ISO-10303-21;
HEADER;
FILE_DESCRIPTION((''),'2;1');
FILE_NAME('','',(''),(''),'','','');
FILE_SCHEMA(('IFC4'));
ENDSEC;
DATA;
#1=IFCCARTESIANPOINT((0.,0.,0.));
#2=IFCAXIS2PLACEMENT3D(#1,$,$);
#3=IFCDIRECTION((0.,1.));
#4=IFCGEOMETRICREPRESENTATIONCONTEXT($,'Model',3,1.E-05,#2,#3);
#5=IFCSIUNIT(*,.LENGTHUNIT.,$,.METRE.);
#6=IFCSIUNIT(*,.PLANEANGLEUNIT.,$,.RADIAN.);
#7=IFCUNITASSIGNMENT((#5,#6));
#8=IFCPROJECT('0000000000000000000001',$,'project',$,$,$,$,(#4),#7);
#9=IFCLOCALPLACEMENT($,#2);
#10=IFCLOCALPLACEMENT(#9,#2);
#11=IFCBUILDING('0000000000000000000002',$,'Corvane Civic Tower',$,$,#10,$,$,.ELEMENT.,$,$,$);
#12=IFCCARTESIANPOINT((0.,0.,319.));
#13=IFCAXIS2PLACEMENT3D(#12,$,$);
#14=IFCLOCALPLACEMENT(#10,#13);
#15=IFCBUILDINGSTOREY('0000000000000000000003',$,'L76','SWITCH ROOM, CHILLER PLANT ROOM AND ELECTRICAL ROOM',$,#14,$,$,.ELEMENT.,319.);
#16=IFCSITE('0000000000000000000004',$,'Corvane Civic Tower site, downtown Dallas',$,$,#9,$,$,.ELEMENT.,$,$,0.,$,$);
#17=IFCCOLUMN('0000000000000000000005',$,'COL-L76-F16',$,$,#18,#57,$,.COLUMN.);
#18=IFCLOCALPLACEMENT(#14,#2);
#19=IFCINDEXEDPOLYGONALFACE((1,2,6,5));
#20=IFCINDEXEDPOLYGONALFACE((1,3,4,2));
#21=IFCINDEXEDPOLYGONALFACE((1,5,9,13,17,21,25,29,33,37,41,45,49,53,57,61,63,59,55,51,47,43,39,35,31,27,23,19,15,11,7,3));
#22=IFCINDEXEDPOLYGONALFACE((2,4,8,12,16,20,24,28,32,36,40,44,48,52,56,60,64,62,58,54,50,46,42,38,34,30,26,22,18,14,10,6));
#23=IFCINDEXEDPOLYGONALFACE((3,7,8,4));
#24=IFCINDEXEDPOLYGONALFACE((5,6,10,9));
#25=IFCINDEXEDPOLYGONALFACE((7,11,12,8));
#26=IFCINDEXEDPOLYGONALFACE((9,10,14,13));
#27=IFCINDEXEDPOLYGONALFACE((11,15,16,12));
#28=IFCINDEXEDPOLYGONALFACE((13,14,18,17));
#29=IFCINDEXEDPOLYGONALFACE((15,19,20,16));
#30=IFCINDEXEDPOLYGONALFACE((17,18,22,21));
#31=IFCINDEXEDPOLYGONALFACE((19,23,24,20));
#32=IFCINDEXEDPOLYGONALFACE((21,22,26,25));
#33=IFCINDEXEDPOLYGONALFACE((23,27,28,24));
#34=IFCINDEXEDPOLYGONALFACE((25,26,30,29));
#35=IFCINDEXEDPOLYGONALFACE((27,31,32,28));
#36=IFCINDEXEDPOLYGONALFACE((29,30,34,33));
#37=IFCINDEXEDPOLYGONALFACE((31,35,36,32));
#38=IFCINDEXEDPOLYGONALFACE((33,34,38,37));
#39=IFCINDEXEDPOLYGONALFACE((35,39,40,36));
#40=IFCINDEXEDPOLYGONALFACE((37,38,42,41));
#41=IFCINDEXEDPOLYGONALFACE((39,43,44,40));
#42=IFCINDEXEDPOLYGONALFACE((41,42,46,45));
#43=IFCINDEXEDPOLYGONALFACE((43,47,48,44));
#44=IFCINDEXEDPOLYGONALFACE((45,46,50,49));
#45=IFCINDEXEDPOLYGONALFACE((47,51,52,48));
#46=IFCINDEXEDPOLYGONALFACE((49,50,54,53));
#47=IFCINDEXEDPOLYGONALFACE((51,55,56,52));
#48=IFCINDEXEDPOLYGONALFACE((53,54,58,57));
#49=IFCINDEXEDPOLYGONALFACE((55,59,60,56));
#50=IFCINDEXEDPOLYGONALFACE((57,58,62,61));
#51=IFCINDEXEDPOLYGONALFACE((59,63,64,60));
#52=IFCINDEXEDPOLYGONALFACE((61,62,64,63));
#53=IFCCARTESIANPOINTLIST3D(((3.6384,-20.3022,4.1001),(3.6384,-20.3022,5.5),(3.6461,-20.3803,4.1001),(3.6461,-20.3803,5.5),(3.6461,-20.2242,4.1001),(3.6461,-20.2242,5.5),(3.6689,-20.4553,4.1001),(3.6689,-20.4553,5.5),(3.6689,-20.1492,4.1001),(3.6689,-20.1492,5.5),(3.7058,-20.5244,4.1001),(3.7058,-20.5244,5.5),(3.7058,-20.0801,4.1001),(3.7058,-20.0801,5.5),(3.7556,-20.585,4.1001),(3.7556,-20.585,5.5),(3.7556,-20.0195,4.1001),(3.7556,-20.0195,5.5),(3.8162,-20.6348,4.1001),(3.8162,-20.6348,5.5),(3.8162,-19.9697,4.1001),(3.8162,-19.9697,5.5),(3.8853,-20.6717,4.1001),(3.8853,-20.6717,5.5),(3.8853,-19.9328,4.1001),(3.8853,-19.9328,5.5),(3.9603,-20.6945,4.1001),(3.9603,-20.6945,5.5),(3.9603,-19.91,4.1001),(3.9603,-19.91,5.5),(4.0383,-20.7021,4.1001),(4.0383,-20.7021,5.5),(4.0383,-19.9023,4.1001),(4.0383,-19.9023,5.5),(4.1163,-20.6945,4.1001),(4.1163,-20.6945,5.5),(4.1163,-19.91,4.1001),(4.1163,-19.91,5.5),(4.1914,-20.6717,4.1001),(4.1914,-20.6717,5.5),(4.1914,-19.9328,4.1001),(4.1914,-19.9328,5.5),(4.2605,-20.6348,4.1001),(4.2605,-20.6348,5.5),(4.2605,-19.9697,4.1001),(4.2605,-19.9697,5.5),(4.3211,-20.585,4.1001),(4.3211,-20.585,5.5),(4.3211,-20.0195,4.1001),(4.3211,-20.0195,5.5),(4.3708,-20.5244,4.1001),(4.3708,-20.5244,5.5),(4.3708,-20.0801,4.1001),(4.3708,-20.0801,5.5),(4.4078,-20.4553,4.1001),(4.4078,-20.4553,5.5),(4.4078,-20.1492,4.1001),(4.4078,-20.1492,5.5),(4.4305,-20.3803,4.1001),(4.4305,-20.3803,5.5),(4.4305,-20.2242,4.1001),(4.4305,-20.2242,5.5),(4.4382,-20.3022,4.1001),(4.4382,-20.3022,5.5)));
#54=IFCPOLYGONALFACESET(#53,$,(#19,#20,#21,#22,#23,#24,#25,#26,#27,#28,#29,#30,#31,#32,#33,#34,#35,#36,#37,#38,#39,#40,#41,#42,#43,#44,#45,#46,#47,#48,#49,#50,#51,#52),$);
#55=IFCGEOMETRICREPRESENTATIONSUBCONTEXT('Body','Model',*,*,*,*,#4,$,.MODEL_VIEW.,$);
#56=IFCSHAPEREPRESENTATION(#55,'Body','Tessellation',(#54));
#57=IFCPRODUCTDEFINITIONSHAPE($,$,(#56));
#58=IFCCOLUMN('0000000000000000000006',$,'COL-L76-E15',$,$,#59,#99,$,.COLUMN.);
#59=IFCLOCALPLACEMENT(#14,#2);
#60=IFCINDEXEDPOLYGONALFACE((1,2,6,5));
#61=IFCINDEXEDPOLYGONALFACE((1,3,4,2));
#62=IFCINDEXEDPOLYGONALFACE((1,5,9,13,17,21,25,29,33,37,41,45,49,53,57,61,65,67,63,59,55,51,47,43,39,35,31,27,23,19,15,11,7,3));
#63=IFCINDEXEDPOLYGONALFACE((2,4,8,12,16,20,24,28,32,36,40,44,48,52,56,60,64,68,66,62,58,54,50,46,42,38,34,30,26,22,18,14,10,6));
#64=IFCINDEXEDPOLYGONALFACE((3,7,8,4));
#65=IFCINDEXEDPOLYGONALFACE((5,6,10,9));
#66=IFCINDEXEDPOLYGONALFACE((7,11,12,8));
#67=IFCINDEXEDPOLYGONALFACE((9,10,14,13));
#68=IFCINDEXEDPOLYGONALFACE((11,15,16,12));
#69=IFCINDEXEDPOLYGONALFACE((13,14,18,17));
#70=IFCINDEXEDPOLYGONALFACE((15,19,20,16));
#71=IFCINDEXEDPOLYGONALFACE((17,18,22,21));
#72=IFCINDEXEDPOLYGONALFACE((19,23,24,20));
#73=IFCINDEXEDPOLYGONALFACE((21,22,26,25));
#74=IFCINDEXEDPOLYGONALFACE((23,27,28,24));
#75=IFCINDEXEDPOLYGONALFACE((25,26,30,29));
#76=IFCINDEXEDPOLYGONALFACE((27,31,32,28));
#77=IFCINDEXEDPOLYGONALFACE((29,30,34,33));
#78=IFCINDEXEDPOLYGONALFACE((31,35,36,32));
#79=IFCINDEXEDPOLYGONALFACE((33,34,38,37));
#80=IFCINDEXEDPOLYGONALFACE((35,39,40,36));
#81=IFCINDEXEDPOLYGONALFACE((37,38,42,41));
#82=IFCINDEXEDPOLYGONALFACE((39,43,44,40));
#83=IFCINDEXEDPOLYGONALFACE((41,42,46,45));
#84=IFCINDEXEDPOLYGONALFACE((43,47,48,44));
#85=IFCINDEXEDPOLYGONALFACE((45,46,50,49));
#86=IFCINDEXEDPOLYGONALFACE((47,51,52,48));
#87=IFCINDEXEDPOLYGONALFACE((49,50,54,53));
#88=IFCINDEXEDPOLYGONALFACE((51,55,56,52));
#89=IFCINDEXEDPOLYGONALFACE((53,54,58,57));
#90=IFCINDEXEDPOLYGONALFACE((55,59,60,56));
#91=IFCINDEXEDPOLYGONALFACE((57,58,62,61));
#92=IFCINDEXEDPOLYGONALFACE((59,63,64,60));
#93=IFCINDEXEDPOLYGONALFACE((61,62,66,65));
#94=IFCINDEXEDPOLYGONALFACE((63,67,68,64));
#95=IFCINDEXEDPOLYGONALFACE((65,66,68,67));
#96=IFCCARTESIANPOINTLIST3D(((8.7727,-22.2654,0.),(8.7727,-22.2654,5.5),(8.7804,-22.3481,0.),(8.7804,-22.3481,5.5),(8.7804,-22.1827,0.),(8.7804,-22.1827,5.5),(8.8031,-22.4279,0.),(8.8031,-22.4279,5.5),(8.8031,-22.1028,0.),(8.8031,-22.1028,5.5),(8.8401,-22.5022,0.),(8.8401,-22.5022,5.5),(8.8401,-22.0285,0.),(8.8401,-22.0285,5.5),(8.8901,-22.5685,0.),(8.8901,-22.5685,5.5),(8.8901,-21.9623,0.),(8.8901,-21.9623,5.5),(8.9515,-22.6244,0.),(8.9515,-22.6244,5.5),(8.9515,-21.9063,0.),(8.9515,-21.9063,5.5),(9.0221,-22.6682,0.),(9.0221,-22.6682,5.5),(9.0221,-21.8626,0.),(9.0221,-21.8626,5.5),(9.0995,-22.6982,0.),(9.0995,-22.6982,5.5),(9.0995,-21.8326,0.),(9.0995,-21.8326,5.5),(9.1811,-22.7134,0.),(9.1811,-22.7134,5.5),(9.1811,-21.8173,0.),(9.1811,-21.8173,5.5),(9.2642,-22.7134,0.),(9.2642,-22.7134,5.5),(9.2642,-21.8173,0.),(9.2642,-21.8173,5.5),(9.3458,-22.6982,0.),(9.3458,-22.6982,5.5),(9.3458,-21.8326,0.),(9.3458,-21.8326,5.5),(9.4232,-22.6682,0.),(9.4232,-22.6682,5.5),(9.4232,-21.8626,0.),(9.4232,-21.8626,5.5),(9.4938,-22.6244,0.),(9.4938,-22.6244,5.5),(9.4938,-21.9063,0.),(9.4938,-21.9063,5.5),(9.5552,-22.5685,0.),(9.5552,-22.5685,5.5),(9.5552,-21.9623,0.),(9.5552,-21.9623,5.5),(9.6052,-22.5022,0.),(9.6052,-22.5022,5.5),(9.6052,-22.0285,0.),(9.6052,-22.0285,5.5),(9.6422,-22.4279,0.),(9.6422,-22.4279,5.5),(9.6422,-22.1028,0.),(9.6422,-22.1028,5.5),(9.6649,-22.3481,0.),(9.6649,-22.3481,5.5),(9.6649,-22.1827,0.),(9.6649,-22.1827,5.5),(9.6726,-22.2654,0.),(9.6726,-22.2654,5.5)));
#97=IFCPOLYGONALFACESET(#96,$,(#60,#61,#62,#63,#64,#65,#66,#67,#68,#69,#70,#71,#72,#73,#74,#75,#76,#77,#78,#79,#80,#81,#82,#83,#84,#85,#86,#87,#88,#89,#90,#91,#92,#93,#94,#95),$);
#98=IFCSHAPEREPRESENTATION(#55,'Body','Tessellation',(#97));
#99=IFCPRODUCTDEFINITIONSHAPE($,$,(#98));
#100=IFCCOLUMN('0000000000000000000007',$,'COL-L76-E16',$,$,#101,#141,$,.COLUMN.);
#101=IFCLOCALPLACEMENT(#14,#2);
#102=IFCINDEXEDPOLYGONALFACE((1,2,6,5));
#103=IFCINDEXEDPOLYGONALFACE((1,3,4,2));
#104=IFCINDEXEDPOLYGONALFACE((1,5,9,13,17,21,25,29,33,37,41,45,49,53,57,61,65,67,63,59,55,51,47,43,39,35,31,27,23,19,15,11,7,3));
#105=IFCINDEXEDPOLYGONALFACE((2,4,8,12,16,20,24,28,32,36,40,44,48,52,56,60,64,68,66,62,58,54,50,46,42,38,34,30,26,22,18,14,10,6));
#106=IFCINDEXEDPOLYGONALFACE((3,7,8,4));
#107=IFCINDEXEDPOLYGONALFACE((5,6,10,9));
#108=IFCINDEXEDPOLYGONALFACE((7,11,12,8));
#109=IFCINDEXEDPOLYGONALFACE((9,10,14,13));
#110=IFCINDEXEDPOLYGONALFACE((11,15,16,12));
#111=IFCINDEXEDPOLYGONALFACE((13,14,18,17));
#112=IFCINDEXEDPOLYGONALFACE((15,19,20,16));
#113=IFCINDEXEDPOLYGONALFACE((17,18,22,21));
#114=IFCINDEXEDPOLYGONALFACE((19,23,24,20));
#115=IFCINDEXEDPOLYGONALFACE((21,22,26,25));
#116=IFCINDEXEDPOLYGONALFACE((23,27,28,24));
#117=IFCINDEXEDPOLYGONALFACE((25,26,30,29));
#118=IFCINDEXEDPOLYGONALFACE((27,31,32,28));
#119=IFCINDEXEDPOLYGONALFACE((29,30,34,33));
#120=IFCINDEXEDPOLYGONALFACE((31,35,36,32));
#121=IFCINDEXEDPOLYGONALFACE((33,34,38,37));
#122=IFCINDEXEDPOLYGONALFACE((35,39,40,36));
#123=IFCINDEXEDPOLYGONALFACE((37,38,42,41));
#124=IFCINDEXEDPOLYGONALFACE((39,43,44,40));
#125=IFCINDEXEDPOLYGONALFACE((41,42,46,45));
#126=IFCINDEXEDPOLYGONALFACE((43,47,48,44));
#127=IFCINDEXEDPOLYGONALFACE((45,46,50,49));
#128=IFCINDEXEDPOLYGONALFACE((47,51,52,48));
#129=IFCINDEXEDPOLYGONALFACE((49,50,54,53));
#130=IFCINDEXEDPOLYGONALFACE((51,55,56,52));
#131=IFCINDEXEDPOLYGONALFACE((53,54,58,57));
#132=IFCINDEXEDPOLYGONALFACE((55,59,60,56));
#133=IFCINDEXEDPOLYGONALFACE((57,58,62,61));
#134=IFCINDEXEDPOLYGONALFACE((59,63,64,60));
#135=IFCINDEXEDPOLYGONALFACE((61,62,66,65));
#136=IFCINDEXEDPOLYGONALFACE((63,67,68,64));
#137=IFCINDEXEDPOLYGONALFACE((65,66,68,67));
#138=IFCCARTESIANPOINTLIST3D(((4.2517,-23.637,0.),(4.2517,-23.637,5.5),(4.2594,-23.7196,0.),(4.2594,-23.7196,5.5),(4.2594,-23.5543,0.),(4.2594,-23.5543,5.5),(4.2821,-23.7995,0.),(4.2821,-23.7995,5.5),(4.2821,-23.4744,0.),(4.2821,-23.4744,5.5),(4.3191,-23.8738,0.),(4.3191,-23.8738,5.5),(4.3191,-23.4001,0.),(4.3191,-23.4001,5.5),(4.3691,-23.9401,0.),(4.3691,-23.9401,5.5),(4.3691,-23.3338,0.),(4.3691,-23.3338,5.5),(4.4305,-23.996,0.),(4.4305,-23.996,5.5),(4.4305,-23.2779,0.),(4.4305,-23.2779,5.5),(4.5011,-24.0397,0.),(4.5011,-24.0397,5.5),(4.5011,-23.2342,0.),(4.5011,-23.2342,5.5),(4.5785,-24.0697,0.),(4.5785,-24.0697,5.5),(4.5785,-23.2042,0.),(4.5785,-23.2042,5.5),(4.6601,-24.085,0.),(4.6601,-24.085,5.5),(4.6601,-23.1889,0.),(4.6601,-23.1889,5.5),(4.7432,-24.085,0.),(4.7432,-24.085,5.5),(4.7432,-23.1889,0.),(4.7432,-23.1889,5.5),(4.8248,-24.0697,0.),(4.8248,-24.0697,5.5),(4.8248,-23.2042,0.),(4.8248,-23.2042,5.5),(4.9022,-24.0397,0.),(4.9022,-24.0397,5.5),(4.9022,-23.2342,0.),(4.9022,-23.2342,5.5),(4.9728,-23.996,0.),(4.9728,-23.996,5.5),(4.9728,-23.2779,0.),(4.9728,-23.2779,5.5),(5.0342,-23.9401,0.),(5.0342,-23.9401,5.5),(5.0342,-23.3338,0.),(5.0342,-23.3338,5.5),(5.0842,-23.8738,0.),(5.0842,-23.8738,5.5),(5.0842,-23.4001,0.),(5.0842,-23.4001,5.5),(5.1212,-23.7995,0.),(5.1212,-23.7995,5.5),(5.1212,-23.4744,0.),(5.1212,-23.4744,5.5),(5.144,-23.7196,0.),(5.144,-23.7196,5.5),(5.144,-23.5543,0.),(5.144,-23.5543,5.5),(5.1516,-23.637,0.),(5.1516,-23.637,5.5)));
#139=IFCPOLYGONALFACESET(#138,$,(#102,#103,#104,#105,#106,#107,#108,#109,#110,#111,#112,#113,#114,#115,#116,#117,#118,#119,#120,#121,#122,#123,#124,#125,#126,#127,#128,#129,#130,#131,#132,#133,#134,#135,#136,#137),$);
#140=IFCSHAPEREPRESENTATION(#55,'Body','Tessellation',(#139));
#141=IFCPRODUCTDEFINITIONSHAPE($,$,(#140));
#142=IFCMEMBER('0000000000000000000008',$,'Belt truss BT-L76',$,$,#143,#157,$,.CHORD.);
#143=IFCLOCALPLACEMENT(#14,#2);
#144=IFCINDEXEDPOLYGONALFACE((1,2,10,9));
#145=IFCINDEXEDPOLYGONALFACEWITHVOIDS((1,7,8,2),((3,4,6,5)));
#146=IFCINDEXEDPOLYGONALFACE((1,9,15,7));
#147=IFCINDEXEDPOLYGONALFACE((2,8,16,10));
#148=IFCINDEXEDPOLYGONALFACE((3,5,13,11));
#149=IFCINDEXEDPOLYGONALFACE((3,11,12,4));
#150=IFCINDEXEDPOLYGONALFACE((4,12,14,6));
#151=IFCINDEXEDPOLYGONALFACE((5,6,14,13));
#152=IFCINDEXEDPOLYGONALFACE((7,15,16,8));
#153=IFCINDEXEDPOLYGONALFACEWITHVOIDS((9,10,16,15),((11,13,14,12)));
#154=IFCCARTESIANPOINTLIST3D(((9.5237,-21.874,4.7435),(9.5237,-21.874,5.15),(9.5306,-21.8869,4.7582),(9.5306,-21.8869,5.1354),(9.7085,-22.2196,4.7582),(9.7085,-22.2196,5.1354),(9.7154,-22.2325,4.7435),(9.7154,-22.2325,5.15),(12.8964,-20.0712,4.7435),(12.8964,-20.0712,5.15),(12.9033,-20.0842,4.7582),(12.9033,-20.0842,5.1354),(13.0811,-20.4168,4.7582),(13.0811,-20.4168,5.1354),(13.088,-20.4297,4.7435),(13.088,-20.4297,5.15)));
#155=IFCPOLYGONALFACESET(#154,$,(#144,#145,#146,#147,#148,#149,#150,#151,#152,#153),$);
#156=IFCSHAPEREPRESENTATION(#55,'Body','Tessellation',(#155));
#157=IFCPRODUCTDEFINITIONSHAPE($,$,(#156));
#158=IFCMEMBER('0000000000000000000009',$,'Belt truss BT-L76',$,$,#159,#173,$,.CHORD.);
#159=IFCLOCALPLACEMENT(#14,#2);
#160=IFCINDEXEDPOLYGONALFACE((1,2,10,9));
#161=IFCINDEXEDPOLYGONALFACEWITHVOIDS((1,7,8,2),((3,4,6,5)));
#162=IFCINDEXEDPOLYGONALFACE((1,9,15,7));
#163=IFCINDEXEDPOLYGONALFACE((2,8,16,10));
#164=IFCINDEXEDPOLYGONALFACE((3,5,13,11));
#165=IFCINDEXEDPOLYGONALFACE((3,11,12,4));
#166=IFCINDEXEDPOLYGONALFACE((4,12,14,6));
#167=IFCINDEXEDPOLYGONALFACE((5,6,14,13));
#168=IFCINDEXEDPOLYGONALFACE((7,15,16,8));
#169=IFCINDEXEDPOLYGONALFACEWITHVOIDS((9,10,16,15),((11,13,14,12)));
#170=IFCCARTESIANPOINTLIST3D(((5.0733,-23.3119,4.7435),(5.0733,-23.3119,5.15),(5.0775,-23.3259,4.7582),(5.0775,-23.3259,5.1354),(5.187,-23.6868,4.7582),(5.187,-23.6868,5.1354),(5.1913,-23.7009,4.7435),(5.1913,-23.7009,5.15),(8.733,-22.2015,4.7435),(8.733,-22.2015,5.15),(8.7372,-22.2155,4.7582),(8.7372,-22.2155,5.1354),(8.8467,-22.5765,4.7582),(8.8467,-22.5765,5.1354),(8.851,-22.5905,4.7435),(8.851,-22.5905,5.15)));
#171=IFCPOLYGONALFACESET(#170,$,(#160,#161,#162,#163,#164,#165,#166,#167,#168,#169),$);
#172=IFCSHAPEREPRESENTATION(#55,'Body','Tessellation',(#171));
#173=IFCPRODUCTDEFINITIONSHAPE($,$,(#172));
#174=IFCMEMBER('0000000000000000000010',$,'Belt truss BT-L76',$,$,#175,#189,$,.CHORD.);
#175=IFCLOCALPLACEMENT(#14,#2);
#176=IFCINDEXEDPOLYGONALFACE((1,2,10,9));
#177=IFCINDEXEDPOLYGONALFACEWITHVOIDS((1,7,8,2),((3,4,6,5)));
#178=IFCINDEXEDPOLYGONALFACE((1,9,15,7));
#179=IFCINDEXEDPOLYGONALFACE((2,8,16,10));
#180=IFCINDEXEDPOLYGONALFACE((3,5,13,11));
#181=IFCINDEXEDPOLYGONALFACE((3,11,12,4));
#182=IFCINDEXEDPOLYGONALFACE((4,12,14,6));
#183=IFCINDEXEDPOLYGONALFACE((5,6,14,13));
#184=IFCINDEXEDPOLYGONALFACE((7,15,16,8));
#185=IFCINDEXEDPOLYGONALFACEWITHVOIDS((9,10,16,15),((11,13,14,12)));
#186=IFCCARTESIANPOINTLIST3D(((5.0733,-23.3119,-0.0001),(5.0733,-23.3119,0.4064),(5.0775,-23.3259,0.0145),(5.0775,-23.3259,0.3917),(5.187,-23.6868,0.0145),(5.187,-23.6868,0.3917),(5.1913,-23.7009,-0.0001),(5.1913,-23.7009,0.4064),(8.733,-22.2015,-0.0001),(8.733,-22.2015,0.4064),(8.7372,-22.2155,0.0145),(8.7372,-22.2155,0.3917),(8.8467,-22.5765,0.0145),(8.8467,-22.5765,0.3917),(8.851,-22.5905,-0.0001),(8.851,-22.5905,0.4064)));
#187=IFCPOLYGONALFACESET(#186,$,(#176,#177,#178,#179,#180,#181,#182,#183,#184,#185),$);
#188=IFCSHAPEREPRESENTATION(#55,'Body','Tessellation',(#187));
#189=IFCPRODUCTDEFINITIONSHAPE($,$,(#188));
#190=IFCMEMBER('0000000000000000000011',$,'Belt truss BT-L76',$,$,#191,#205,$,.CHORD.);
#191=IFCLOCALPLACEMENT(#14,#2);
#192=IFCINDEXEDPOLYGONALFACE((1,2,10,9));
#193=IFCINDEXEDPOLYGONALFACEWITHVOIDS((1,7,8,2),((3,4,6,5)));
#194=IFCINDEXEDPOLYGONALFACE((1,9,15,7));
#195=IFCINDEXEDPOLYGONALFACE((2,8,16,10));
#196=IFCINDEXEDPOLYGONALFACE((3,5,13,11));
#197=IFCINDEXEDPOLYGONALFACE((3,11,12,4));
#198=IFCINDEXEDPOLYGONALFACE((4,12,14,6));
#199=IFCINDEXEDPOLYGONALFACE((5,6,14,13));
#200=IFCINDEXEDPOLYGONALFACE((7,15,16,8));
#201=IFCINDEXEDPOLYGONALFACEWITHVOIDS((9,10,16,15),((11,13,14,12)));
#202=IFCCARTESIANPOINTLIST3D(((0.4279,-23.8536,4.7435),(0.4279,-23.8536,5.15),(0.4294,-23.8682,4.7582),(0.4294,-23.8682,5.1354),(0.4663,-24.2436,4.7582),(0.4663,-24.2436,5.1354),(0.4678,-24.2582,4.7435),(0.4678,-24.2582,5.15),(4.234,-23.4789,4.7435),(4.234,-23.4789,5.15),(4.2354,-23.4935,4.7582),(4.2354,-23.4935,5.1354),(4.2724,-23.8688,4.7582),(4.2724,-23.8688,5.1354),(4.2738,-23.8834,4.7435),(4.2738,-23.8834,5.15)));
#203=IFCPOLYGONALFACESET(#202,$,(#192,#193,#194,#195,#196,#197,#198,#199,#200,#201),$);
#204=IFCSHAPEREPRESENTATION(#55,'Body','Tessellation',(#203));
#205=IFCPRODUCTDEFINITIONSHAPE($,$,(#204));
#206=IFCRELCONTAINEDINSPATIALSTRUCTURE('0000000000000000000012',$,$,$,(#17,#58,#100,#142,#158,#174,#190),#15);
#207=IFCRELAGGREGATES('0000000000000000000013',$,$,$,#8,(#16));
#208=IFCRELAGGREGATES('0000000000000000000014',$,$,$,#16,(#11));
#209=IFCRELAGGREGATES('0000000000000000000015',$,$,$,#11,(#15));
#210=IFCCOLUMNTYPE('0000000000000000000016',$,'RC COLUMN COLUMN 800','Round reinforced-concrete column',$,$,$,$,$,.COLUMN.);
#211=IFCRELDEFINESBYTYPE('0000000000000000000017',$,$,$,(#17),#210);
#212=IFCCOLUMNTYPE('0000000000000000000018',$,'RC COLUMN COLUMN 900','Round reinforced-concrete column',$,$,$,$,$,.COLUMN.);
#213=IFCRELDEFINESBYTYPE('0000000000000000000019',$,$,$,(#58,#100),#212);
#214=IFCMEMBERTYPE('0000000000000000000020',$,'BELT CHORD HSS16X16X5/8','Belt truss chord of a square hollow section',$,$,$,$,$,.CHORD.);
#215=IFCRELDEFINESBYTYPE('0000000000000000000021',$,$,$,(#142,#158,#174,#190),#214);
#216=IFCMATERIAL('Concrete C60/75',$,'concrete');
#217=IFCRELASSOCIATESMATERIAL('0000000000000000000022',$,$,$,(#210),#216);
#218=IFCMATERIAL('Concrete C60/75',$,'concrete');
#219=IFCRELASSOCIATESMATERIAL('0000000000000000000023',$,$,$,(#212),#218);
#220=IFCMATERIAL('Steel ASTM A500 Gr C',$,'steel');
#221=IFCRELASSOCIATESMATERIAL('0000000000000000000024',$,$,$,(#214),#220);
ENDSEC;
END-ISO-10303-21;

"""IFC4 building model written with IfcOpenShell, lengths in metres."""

from ifc_helpers import new_model, si_unit, direction, frame, origin, origin_2d, place, context, subcontext, project, spatial, hollow_rectangle, circle, extrude, material, material_profile, profile_set, type_object, element, save


model = new_model("IFC4")

# Units and contexts
model_context = context("Model", 3, precision=1e-05, world=origin(), true_north=direction((0.0, 1.0)))
body_context = subcontext(model_context, "Body", "Model", "MODEL_VIEW")
ifc_project = project(units=[si_unit("LENGTHUNIT", "METRE"), si_unit("PLANEANGLEUNIT", "RADIAN")], contexts=[model_context])

# Site, building, storey
site_placement = place(None, origin())
site = spatial("IfcSite", under=ifc_project, at=site_placement, Name="Corvane Civic Tower site, downtown Dallas", CompositionType="ELEMENT", RefElevation=0.0)
building_placement = place(site_placement, origin())
building = spatial("IfcBuilding", under=site, at=building_placement, Name="Corvane Civic Tower", CompositionType="ELEMENT")
storey_placement = place(building_placement, frame((0.0, 0.0, 319.0)))
storey = spatial("IfcBuildingStorey", under=building, at=storey_placement, Name="L76", Description="SWITCH ROOM, CHILLER PLANT ROOM AND ELECTRICAL ROOM", CompositionType="ELEMENT", Elevation=319.0)

# Columns
ifc_material_1 = material(Name="Concrete C60/75", Category="concrete")
ifc_material_profile_1 = material_profile(ifc_material_1, circle(Radius=0.3999, at=origin_2d()), Name="COLUMN 800")
ifc_profile_set_1 = profile_set([ifc_material_profile_1], Name="Concrete C60/75")
column_type_1 = type_object("IfcColumnType", Name="RC COLUMN COLUMN 800", Description="Round reinforced-concrete column", PredefinedType="COLUMN", material=ifc_profile_set_1)
column_placement = place(storey_placement, frame((4.0383, -20.3022, 4.1001), z_axis=(0.0, 0.0, 1.0), x_axis=(1.0, 0.0, 0.0)))
element("IfcColumn", 1, at=column_placement, inside=storey, type_object=column_type_1, Name="COL-L76-F16", PredefinedType="COLUMN", context=body_context, shape_type="SweptSolid", body=[
    extrude(circle(Radius=0.3999, at=origin_2d()), origin(), (0.0, 0.0, 1.0), 1.3999),
])
ifc_material_2 = material(Name="Concrete C60/75", Category="concrete")
ifc_material_profile_2 = material_profile(ifc_material_2, circle(Radius=0.45, at=origin_2d()), Name="COLUMN 900")
ifc_profile_set_2 = profile_set([ifc_material_profile_2], Name="Concrete C60/75")
column_type_2 = type_object("IfcColumnType", Name="RC COLUMN COLUMN 900", Description="Round reinforced-concrete column", PredefinedType="COLUMN", material=ifc_profile_set_2)
for number, where, z_axis, x_axis, name in (
    (2, (9.2227, -22.2654, 0.0), (0.0, 0.0, 1.0), (1.0, 0.0, 0.0), "COL-L76-E15"),
    (3, (4.7017, -23.637, 0.0), (0.0, 0.0, 1.0), (1.0, 0.0, 0.0), "COL-L76-E16"),
):
    element("IfcColumn", number, at=place(storey_placement, frame(where, z_axis=z_axis, x_axis=x_axis)), inside=storey, type_object=column_type_2, Name=name, PredefinedType="COLUMN", context=body_context, shape_type="SweptSolid", body=[
        extrude(circle(Radius=0.45, at=origin_2d()), origin(), (0.0, 0.0, 1.0), 5.5),
    ])

# Members
ifc_material_3 = material(Name="Steel ASTM A500 Gr C", Category="steel")
ifc_material_profile_3 = material_profile(ifc_material_3, hollow_rectangle(XDim=0.4065, YDim=0.4065, WallThickness=0.0146, at=origin_2d()), Name="HSS16X16X5/8")
ifc_profile_set_3 = profile_set([ifc_material_profile_3], Name="Steel ASTM A500 Gr C")
member_type_1 = type_object("IfcMemberType", Name="BELT CHORD HSS16X16X5/8", Description="Belt truss chord of a square hollow section", PredefinedType="CHORD", material=ifc_profile_set_3)
member_1_placement = place(storey_placement, frame((12.9922, -20.2505, 4.9468), z_axis=(-0.881914, -0.47141, 0.0), x_axis=(0.47141, -0.881914, 0.0)))
element("IfcMember", 4, at=member_1_placement, inside=storey, type_object=member_type_1, Name="Belt truss BT-L76", PredefinedType="CHORD", context=body_context, shape_type="SweptSolid", body=[
    extrude(hollow_rectangle(XDim=0.4065, YDim=0.4065, WallThickness=0.0146, at=origin_2d()), origin(), (0.0, 0.0, 1.0), 3.8242),
])
for number, where, z_axis, x_axis, name in (
    (5, (8.792, -22.396, 4.9468), (-0.956926, -0.290333, 0.0), (0.290333, -0.956926, 0.0), "Belt truss BT-L76"),
    (6, (8.792, -22.396, 0.2031), (-0.956926, -0.290333, 0.0), (0.290333, -0.956926, 0.0), "Belt truss BT-L76"),
    (7, (4.2539, -23.6812, 4.9468), (-0.995188, -0.097987, 0.0), (0.097987, -0.995188, 0.0), "Belt truss BT-L76"),
):
    element("IfcMember", number, at=place(storey_placement, frame(where, z_axis=z_axis, x_axis=x_axis)), inside=storey, type_object=member_type_1, Name=name, PredefinedType="CHORD", context=body_context, shape_type="SweptSolid", body=[
        extrude(hollow_rectangle(XDim=0.4065, YDim=0.4065, WallThickness=0.0146, at=origin_2d()), origin(), (0.0, 0.0, 1.0), 3.8245),
    ])

save(model, "model.ifc")
